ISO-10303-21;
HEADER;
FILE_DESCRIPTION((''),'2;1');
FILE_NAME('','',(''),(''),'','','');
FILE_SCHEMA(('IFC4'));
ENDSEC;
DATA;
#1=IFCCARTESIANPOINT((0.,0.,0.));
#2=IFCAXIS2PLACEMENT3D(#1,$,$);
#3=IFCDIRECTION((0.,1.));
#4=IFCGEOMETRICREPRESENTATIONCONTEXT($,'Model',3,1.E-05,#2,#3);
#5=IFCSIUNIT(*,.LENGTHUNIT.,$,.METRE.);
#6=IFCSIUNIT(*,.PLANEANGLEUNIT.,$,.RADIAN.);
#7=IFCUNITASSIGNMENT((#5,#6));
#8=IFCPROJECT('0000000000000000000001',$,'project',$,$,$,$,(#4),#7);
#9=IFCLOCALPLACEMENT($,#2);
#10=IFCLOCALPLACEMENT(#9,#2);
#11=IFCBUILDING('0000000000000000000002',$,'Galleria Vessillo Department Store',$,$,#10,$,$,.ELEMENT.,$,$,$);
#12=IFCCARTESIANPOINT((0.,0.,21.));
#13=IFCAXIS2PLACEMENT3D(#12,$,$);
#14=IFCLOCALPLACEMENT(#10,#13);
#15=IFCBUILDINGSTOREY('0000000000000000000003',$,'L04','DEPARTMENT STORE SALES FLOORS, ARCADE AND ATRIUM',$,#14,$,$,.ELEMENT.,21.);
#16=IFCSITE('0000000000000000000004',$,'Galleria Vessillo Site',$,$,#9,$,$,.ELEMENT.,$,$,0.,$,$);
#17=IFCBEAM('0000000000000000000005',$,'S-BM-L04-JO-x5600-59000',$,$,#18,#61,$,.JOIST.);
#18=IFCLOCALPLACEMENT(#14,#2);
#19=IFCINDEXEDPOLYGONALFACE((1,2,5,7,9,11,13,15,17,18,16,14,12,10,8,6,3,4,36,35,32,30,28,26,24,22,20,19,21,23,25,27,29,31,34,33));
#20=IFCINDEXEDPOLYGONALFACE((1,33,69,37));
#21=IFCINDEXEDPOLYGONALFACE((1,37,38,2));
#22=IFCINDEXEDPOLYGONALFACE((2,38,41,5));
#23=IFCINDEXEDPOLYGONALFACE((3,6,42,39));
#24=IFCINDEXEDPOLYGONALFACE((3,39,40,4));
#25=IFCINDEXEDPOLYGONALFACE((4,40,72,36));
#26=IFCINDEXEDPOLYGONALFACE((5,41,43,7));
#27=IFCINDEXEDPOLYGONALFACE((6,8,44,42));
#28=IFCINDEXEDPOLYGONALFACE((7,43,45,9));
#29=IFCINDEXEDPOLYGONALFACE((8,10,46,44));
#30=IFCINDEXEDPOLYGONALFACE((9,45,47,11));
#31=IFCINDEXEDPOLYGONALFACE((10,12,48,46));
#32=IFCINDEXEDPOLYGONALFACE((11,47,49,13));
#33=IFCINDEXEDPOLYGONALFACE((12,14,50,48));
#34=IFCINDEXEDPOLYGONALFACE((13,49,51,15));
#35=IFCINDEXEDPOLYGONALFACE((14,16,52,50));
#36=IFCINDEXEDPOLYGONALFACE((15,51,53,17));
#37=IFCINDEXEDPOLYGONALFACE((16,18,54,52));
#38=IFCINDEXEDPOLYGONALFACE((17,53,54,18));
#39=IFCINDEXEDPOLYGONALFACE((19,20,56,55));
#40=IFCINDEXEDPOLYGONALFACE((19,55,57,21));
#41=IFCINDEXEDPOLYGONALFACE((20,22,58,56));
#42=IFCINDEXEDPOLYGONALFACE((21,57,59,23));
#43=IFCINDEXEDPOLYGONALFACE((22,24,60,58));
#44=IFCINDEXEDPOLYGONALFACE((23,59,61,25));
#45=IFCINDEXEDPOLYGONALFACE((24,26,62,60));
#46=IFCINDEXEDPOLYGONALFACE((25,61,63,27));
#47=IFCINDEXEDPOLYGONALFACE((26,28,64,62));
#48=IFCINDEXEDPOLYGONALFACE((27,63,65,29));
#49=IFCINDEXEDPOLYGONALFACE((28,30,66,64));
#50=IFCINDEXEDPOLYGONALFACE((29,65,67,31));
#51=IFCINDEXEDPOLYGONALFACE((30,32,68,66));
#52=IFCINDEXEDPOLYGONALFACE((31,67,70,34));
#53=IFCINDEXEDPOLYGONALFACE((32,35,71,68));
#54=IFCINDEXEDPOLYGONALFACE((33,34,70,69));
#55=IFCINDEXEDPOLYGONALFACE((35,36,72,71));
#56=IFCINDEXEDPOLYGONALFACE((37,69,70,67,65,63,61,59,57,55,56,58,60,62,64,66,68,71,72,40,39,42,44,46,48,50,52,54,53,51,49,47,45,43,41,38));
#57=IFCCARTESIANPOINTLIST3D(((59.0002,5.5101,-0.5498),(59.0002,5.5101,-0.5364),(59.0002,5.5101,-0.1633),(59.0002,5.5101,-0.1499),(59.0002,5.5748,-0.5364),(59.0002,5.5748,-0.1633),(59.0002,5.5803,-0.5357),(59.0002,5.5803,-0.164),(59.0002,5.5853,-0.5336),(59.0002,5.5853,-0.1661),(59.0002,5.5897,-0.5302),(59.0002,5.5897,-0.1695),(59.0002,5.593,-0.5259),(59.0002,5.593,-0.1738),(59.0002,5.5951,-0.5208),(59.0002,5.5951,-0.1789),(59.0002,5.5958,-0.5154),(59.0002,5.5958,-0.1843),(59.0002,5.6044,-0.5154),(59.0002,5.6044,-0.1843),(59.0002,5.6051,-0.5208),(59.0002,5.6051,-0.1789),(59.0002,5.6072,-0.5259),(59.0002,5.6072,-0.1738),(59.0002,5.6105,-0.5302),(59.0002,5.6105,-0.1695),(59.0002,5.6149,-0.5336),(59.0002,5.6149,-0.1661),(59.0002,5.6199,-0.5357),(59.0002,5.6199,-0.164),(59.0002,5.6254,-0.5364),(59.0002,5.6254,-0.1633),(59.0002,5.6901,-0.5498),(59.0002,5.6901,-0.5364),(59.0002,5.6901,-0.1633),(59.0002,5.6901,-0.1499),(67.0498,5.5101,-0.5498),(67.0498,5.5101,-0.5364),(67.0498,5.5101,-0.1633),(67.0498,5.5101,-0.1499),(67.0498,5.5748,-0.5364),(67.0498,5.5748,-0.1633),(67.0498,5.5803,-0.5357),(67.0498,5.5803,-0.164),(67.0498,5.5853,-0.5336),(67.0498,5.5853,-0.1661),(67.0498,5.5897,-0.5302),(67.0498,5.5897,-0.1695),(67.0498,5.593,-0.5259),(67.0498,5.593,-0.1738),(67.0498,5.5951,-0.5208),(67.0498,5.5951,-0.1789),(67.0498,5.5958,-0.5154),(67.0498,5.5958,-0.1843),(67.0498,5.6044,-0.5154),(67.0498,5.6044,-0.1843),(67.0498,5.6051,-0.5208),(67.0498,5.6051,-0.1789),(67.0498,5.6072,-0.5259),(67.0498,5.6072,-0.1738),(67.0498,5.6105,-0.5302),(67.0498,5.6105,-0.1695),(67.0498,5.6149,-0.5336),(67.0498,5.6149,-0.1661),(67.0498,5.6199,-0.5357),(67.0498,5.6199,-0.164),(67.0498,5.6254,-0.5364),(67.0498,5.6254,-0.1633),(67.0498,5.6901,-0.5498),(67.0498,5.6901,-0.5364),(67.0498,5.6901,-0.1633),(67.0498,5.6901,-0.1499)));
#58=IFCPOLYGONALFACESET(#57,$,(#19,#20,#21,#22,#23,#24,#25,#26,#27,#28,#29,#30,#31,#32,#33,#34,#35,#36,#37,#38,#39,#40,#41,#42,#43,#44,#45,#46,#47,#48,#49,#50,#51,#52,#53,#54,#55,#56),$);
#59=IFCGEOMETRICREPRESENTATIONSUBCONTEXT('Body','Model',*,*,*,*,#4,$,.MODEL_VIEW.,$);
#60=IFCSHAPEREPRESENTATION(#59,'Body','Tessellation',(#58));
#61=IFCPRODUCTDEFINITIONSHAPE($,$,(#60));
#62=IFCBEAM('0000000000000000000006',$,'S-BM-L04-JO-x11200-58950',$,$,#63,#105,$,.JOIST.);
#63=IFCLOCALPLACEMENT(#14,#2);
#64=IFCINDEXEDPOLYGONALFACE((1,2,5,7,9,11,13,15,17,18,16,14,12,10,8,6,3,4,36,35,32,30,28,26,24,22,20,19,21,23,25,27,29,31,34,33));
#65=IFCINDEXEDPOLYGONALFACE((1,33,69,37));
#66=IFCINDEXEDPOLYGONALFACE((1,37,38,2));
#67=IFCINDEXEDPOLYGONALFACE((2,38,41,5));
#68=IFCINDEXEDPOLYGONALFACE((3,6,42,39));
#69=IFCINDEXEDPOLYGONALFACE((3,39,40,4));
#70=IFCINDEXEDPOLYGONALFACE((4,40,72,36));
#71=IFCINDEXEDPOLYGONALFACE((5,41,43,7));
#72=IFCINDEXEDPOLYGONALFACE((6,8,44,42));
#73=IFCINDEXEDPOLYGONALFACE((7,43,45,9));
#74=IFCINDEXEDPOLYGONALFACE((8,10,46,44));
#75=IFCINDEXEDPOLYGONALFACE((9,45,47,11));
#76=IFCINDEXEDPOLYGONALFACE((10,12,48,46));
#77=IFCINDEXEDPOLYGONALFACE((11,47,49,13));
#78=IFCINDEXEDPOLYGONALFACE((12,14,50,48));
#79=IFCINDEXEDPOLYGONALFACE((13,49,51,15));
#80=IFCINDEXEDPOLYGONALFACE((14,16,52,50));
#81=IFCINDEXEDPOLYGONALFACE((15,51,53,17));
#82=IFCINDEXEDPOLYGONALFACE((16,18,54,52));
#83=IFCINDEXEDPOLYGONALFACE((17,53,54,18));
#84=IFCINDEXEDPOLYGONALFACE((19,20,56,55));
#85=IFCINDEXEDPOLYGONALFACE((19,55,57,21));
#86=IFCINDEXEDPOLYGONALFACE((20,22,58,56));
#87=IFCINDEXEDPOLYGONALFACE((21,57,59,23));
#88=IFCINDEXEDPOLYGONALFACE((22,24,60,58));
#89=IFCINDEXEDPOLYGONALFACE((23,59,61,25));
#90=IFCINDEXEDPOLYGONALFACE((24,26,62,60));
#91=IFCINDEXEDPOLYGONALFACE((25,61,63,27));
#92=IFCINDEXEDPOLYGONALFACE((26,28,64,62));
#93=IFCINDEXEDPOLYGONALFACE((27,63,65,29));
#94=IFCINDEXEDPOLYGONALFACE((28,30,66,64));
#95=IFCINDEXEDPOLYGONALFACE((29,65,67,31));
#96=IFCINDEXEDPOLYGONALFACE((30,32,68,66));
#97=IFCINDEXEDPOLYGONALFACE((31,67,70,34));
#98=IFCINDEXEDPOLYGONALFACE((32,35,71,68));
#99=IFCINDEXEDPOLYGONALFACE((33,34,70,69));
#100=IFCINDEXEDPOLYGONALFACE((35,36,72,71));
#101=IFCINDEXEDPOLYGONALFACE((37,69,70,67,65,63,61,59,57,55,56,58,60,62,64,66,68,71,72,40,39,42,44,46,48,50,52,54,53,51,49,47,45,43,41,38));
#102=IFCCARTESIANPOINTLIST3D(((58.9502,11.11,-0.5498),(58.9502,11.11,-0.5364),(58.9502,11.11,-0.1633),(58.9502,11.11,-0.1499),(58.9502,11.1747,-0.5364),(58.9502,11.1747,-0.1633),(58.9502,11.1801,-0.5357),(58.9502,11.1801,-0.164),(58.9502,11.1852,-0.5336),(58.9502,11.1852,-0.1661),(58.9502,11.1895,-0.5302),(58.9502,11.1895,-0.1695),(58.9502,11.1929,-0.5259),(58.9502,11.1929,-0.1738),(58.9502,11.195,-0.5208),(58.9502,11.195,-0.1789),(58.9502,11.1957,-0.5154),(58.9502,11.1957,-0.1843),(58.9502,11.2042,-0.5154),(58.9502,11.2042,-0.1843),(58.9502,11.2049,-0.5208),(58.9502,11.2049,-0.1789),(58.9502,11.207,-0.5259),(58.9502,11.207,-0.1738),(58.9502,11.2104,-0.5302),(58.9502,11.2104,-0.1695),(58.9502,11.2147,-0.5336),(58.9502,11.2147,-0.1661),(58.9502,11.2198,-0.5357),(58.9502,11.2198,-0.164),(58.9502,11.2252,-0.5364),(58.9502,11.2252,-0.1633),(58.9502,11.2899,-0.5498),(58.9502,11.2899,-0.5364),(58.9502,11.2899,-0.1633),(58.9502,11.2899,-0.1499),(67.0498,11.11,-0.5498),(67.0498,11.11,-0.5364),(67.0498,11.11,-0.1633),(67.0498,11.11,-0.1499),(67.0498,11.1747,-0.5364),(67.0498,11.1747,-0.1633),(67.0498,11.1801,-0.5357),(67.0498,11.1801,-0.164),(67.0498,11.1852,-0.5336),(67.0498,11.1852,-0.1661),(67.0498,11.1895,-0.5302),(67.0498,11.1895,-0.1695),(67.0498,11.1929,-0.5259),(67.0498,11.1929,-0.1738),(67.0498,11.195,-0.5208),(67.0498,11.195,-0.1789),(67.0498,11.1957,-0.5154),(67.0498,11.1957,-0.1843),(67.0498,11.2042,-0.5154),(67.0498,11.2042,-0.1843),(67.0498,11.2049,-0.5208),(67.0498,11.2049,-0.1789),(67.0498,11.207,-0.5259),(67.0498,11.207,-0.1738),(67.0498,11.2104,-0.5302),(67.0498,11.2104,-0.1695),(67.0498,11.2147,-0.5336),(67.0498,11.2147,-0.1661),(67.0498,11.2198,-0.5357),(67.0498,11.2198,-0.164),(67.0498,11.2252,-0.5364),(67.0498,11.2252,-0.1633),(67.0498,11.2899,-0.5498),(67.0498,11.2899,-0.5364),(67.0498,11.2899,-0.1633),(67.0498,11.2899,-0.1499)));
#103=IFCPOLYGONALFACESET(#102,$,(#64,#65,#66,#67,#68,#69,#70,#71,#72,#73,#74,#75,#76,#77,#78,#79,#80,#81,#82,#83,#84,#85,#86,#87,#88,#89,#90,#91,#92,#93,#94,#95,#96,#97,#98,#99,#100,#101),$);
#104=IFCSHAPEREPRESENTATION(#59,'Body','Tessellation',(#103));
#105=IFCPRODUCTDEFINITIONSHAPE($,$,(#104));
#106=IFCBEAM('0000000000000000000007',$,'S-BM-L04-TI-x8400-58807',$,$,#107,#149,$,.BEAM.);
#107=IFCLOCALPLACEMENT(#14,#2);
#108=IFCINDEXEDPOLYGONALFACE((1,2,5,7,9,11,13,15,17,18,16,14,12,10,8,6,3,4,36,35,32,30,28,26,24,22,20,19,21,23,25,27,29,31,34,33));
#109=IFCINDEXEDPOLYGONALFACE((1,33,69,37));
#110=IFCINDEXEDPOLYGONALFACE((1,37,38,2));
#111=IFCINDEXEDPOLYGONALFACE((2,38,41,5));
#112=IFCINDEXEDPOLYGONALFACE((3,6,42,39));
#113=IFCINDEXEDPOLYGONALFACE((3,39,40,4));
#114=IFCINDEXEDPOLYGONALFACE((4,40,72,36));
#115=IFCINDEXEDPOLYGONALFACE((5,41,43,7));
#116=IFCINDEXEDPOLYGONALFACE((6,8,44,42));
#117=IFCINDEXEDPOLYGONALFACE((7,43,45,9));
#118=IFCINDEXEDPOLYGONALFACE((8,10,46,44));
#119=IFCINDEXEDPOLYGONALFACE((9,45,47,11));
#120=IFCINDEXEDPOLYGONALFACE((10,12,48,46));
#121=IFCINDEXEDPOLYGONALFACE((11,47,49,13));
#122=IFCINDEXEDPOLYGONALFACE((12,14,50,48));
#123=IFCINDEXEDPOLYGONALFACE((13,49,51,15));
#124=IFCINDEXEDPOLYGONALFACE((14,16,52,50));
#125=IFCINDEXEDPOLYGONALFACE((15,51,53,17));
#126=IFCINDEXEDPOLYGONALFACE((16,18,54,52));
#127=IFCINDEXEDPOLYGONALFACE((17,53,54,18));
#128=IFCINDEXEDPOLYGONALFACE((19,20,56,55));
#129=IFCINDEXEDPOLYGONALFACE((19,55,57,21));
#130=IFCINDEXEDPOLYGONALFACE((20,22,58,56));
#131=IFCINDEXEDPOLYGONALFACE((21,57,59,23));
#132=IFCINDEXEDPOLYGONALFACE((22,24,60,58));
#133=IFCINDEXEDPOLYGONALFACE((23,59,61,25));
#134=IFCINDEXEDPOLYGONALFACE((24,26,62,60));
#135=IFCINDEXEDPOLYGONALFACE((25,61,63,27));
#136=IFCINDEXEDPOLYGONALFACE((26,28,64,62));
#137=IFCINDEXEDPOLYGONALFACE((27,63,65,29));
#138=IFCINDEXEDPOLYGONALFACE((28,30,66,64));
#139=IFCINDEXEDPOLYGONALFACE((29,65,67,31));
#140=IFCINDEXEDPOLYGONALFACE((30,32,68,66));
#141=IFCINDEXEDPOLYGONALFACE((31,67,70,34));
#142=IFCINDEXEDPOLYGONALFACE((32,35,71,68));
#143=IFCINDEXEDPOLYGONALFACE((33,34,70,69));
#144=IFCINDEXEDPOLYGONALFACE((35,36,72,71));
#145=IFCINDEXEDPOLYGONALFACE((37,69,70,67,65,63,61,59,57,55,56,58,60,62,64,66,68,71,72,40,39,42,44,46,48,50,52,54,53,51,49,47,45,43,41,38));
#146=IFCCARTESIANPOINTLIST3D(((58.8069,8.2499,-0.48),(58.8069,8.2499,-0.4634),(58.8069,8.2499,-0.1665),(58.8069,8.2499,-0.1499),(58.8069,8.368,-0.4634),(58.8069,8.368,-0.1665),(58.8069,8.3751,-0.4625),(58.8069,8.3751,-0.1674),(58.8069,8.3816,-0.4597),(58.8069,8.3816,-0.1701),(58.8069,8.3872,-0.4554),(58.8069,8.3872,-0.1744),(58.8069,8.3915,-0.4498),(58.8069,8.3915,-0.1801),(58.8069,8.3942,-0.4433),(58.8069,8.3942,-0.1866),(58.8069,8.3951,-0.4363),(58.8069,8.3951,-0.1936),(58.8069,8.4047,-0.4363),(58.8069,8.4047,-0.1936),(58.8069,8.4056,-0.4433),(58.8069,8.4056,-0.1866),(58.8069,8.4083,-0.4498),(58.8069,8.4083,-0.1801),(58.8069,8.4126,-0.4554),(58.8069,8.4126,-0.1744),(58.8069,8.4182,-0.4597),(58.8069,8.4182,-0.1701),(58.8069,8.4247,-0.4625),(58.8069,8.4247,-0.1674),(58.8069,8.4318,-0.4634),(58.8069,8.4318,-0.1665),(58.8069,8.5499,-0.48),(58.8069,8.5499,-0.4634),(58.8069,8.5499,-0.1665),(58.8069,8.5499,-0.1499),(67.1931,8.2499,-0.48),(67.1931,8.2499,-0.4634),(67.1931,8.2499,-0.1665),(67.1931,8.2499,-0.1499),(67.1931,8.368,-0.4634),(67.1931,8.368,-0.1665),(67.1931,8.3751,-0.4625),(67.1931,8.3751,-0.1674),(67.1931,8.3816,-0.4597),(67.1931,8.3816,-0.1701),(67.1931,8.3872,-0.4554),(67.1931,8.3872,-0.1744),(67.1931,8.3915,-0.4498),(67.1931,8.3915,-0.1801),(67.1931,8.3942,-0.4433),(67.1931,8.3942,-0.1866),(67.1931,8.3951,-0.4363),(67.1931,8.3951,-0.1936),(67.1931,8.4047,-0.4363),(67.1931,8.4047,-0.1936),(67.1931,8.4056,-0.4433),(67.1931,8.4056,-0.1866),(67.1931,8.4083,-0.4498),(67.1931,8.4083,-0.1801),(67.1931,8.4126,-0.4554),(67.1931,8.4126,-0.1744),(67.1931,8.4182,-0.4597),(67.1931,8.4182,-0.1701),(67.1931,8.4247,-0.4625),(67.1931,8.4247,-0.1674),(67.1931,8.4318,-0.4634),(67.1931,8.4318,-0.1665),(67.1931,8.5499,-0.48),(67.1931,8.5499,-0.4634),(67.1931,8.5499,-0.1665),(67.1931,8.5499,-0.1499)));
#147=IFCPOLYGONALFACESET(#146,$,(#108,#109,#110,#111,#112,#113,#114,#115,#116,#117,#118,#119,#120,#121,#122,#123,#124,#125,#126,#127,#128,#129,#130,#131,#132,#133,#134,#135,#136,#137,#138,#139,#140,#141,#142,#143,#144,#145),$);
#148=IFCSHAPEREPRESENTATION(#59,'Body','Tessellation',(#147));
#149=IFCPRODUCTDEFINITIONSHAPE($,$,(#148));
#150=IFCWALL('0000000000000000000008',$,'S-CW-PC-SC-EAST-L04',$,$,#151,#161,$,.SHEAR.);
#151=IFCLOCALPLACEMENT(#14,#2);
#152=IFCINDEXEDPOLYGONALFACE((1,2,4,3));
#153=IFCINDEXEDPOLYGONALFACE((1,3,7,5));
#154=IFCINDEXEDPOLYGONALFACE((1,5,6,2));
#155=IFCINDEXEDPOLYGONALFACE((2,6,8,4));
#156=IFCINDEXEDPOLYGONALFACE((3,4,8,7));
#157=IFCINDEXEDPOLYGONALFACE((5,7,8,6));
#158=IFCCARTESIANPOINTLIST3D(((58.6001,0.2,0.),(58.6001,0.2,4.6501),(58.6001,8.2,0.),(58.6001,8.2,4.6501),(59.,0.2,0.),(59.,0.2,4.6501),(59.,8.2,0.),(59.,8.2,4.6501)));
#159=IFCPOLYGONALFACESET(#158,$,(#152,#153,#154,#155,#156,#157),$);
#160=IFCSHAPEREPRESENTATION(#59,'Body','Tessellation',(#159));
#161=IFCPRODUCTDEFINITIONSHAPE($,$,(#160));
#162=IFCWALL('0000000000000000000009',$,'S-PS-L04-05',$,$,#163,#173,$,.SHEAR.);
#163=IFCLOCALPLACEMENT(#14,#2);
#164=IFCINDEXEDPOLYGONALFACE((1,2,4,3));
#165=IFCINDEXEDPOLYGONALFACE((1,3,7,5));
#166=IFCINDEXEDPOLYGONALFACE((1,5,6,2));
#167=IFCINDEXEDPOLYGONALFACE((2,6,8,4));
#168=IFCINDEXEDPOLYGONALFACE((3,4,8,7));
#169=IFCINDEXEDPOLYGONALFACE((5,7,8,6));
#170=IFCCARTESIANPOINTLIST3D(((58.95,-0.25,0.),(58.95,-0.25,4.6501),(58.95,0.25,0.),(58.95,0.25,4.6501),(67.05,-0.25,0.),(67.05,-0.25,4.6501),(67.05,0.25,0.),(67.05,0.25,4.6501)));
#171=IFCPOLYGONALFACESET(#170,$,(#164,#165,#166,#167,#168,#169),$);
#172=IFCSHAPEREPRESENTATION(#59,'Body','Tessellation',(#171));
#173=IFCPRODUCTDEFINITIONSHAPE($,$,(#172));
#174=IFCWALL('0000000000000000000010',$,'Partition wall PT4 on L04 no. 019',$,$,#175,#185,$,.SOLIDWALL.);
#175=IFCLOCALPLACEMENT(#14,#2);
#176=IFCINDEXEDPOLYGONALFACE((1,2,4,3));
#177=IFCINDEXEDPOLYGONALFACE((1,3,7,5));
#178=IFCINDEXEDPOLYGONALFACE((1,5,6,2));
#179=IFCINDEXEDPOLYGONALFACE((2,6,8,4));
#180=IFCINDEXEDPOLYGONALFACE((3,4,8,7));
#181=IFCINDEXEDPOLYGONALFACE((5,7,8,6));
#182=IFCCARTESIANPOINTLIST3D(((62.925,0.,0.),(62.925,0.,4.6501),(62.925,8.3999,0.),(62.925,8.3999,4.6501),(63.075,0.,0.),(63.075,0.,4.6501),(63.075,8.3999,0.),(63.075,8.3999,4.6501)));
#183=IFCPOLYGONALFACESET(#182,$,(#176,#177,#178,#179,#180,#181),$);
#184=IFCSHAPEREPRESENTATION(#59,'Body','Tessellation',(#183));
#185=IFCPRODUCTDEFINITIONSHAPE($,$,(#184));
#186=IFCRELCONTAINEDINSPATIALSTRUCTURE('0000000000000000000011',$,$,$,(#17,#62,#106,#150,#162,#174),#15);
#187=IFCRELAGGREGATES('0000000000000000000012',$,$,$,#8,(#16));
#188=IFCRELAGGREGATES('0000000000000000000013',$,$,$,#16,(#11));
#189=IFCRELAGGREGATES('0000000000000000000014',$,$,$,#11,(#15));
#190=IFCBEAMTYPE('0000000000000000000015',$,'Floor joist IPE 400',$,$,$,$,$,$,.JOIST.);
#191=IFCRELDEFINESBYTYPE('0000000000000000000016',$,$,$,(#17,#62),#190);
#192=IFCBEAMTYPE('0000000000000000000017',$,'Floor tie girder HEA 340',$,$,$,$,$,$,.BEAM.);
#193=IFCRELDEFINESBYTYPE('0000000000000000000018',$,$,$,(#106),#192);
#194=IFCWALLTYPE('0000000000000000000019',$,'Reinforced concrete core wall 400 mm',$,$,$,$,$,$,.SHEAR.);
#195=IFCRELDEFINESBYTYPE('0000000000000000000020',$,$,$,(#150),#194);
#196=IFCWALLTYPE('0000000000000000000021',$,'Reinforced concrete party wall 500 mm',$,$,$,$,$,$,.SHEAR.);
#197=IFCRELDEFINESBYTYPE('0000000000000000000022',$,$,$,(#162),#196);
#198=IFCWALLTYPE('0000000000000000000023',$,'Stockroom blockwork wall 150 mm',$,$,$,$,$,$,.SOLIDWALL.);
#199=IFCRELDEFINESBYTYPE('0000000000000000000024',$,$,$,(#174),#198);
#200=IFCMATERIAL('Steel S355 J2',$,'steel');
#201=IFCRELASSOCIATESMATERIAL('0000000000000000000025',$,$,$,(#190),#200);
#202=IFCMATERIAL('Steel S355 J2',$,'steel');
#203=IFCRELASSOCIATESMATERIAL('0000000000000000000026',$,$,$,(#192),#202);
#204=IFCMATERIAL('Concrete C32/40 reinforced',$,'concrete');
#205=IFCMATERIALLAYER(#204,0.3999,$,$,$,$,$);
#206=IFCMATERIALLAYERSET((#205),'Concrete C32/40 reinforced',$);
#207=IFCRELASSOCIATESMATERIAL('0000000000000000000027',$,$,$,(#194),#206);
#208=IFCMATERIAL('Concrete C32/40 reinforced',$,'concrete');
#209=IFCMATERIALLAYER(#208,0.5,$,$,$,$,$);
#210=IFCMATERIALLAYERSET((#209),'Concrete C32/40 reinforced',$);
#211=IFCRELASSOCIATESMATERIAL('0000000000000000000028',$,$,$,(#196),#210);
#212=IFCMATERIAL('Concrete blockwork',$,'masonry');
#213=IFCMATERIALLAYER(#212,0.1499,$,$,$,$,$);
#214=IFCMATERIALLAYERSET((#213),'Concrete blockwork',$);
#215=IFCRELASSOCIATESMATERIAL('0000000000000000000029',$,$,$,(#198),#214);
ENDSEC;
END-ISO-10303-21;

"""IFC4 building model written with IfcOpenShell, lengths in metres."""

from ifc_helpers import new_model, si_unit, direction, frame, frame_2d, origin, origin_2d, place, context, subcontext, project, spatial, rectangle, i_section, extrude, material, layer, layer_set, material_profile, profile_set, type_object, element, save


model = new_model("IFC4")

# Units and contexts
model_context = context("Model", 3, precision=1e-05, world=origin(), true_north=direction((0.0, 1.0)))
body_context = subcontext(model_context, "Body", "Model", "MODEL_VIEW")
ifc_project = project(units=[si_unit("LENGTHUNIT", "METRE"), si_unit("PLANEANGLEUNIT", "RADIAN")], contexts=[model_context])

# Site, building, storey
site_placement = place(None, origin())
site = spatial("IfcSite", under=ifc_project, at=site_placement, Name="Galleria Vessillo Site", CompositionType="ELEMENT", RefElevation=0.0)
building_placement = place(site_placement, origin())
building = spatial("IfcBuilding", under=site, at=building_placement, Name="Galleria Vessillo Department Store", CompositionType="ELEMENT")
storey_placement = place(building_placement, frame((0.0, 0.0, 21.0)))
storey = spatial("IfcBuildingStorey", under=building, at=storey_placement, Name="L04", Description="DEPARTMENT STORE SALES FLOORS, ARCADE AND ATRIUM", CompositionType="ELEMENT", Elevation=21.0)

# Beams
ifc_material_1 = material(Name="Steel S355 J2", Category="steel")
ifc_material_profile_1 = material_profile(ifc_material_1, i_section(OverallWidth=0.1799, OverallDepth=0.3999, WebThickness=0.0085, FlangeThickness=0.0134, FilletRadius=0.021, at=origin_2d()), Name="IPE 400")
ifc_profile_set_1 = profile_set([ifc_material_profile_1], Name="Steel S355 J2")
beam_type_1 = type_object("IfcBeamType", Name="Floor joist IPE 400", PredefinedType="JOIST", material=ifc_profile_set_1)
for number, where, z_axis, x_axis, name in (
    (1, (59.0002, 5.6001, -0.3499), (1.0, 0.0, 0.0), (0.0, 1.0, 0.0), "S-BM-L04-JO-x5600-59000"),
):
    element("IfcBeam", number, at=place(storey_placement, frame(where, z_axis=z_axis, x_axis=x_axis)), inside=storey, type_object=beam_type_1, Name=name, PredefinedType="JOIST", context=body_context, shape_type="SweptSolid", body=[
        extrude(i_section(OverallWidth=0.1799, OverallDepth=0.3999, WebThickness=0.0085, FlangeThickness=0.0134, FilletRadius=0.021, at=origin_2d()), origin(), (0.0, 0.0, 1.0), 8.0496),
    ])
beam_1_placement = place(storey_placement, frame((58.9502, 11.2, -0.3499), z_axis=(1.0, 0.0, 0.0), x_axis=(0.0, 1.0, 0.0)))
element("IfcBeam", 2, at=beam_1_placement, inside=storey, type_object=beam_type_1, Name="S-BM-L04-JO-x11200-58950", PredefinedType="JOIST", context=body_context, shape_type="SweptSolid", body=[
    extrude(i_section(OverallWidth=0.1799, OverallDepth=0.3999, WebThickness=0.0085, FlangeThickness=0.0134, FilletRadius=0.021, at=origin_2d()), origin(), (0.0, 0.0, 1.0), 8.0996),
])
ifc_material_2 = material(Name="Steel S355 J2", Category="steel")
ifc_material_profile_2 = material_profile(ifc_material_2, i_section(OverallWidth=0.3, OverallDepth=0.3301, WebThickness=0.0095, FlangeThickness=0.0166, FilletRadius=0.0271, at=origin_2d()), Name="HEA 340")
ifc_profile_set_2 = profile_set([ifc_material_profile_2], Name="Steel S355 J2")
beam_type_2 = type_object("IfcBeamType", Name="Floor tie girder HEA 340", PredefinedType="BEAM", material=ifc_profile_set_2)
beam_2_placement = place(storey_placement, frame((58.8069, 8.3999, -0.3149), z_axis=(1.0, 0.0, 0.0), x_axis=(0.0, 1.0, 0.0)))
element("IfcBeam", 3, at=beam_2_placement, inside=storey, type_object=beam_type_2, Name="S-BM-L04-TI-x8400-58807", PredefinedType="BEAM", context=body_context, shape_type="SweptSolid", body=[
    extrude(i_section(OverallWidth=0.3, OverallDepth=0.3301, WebThickness=0.0095, FlangeThickness=0.0166, FilletRadius=0.0271, at=origin_2d()), origin(), (0.0, 0.0, 1.0), 8.3862),
])

# Walls
ifc_material_3 = material(Name="Concrete C32/40 reinforced", Category="concrete")
ifc_layer_1 = layer(ifc_material_3, 0.3999)
ifc_layer_set_1 = layer_set([ifc_layer_1], Name="Concrete C32/40 reinforced")
wall_type_1 = type_object("IfcWallType", Name="Reinforced concrete core wall 400 mm", PredefinedType="SHEAR", material=ifc_layer_set_1)
wall_1_placement = place(storey_placement, frame((58.8, 0.2, 0.0), z_axis=(0.0, 0.0, 1.0), x_axis=(0.0, 1.0, 0.0)))
element("IfcWall", 4, at=wall_1_placement, inside=storey, type_object=wall_type_1, Name="S-CW-PC-SC-EAST-L04", PredefinedType="SHEAR", context=body_context, shape_type="SweptSolid", body=[
    extrude(rectangle(XDim=8.0, YDim=0.3999, at=frame_2d((4.0, 0.0))), origin(), (0.0, 0.0, 1.0), 4.6501),
])
ifc_material_4 = material(Name="Concrete C32/40 reinforced", Category="concrete")
ifc_layer_2 = layer(ifc_material_4, 0.5)
ifc_layer_set_2 = layer_set([ifc_layer_2], Name="Concrete C32/40 reinforced")
wall_type_2 = type_object("IfcWallType", Name="Reinforced concrete party wall 500 mm", PredefinedType="SHEAR", material=ifc_layer_set_2)
wall_2_placement = place(storey_placement, frame((58.95, 0.0, 0.0), z_axis=(0.0, 0.0, 1.0), x_axis=(1.0, 0.0, 0.0)))
element("IfcWall", 5, at=wall_2_placement, inside=storey, type_object=wall_type_2, Name="S-PS-L04-05", PredefinedType="SHEAR", context=body_context, shape_type="SweptSolid", body=[
    extrude(rectangle(XDim=8.1001, YDim=0.5, at=frame_2d((4.05, 0.0))), origin(), (0.0, 0.0, 1.0), 4.6501),
])
ifc_material_5 = material(Name="Concrete blockwork", Category="masonry")
ifc_layer_3 = layer(ifc_material_5, 0.1499)
ifc_layer_set_3 = layer_set([ifc_layer_3], Name="Concrete blockwork")
wall_type_3 = type_object("IfcWallType", Name="Stockroom blockwork wall 150 mm", PredefinedType="SOLIDWALL", material=ifc_layer_set_3)
wall_3_placement = place(storey_placement, frame((63.0, 0.0, 0.0), z_axis=(0.0, 0.0, 1.0), x_axis=(0.0, 1.0, 0.0)))
element("IfcWall", 6, at=wall_3_placement, inside=storey, type_object=wall_type_3, Name="Partition wall PT4 on L04 no. 019", PredefinedType="SOLIDWALL", context=body_context, shape_type="SweptSolid", body=[
    extrude(rectangle(XDim=8.3999, YDim=0.1499, at=frame_2d((4.2, 0.0))), origin(), (0.0, 0.0, 1.0), 4.6501),
])

save(model, "model.ifc")
